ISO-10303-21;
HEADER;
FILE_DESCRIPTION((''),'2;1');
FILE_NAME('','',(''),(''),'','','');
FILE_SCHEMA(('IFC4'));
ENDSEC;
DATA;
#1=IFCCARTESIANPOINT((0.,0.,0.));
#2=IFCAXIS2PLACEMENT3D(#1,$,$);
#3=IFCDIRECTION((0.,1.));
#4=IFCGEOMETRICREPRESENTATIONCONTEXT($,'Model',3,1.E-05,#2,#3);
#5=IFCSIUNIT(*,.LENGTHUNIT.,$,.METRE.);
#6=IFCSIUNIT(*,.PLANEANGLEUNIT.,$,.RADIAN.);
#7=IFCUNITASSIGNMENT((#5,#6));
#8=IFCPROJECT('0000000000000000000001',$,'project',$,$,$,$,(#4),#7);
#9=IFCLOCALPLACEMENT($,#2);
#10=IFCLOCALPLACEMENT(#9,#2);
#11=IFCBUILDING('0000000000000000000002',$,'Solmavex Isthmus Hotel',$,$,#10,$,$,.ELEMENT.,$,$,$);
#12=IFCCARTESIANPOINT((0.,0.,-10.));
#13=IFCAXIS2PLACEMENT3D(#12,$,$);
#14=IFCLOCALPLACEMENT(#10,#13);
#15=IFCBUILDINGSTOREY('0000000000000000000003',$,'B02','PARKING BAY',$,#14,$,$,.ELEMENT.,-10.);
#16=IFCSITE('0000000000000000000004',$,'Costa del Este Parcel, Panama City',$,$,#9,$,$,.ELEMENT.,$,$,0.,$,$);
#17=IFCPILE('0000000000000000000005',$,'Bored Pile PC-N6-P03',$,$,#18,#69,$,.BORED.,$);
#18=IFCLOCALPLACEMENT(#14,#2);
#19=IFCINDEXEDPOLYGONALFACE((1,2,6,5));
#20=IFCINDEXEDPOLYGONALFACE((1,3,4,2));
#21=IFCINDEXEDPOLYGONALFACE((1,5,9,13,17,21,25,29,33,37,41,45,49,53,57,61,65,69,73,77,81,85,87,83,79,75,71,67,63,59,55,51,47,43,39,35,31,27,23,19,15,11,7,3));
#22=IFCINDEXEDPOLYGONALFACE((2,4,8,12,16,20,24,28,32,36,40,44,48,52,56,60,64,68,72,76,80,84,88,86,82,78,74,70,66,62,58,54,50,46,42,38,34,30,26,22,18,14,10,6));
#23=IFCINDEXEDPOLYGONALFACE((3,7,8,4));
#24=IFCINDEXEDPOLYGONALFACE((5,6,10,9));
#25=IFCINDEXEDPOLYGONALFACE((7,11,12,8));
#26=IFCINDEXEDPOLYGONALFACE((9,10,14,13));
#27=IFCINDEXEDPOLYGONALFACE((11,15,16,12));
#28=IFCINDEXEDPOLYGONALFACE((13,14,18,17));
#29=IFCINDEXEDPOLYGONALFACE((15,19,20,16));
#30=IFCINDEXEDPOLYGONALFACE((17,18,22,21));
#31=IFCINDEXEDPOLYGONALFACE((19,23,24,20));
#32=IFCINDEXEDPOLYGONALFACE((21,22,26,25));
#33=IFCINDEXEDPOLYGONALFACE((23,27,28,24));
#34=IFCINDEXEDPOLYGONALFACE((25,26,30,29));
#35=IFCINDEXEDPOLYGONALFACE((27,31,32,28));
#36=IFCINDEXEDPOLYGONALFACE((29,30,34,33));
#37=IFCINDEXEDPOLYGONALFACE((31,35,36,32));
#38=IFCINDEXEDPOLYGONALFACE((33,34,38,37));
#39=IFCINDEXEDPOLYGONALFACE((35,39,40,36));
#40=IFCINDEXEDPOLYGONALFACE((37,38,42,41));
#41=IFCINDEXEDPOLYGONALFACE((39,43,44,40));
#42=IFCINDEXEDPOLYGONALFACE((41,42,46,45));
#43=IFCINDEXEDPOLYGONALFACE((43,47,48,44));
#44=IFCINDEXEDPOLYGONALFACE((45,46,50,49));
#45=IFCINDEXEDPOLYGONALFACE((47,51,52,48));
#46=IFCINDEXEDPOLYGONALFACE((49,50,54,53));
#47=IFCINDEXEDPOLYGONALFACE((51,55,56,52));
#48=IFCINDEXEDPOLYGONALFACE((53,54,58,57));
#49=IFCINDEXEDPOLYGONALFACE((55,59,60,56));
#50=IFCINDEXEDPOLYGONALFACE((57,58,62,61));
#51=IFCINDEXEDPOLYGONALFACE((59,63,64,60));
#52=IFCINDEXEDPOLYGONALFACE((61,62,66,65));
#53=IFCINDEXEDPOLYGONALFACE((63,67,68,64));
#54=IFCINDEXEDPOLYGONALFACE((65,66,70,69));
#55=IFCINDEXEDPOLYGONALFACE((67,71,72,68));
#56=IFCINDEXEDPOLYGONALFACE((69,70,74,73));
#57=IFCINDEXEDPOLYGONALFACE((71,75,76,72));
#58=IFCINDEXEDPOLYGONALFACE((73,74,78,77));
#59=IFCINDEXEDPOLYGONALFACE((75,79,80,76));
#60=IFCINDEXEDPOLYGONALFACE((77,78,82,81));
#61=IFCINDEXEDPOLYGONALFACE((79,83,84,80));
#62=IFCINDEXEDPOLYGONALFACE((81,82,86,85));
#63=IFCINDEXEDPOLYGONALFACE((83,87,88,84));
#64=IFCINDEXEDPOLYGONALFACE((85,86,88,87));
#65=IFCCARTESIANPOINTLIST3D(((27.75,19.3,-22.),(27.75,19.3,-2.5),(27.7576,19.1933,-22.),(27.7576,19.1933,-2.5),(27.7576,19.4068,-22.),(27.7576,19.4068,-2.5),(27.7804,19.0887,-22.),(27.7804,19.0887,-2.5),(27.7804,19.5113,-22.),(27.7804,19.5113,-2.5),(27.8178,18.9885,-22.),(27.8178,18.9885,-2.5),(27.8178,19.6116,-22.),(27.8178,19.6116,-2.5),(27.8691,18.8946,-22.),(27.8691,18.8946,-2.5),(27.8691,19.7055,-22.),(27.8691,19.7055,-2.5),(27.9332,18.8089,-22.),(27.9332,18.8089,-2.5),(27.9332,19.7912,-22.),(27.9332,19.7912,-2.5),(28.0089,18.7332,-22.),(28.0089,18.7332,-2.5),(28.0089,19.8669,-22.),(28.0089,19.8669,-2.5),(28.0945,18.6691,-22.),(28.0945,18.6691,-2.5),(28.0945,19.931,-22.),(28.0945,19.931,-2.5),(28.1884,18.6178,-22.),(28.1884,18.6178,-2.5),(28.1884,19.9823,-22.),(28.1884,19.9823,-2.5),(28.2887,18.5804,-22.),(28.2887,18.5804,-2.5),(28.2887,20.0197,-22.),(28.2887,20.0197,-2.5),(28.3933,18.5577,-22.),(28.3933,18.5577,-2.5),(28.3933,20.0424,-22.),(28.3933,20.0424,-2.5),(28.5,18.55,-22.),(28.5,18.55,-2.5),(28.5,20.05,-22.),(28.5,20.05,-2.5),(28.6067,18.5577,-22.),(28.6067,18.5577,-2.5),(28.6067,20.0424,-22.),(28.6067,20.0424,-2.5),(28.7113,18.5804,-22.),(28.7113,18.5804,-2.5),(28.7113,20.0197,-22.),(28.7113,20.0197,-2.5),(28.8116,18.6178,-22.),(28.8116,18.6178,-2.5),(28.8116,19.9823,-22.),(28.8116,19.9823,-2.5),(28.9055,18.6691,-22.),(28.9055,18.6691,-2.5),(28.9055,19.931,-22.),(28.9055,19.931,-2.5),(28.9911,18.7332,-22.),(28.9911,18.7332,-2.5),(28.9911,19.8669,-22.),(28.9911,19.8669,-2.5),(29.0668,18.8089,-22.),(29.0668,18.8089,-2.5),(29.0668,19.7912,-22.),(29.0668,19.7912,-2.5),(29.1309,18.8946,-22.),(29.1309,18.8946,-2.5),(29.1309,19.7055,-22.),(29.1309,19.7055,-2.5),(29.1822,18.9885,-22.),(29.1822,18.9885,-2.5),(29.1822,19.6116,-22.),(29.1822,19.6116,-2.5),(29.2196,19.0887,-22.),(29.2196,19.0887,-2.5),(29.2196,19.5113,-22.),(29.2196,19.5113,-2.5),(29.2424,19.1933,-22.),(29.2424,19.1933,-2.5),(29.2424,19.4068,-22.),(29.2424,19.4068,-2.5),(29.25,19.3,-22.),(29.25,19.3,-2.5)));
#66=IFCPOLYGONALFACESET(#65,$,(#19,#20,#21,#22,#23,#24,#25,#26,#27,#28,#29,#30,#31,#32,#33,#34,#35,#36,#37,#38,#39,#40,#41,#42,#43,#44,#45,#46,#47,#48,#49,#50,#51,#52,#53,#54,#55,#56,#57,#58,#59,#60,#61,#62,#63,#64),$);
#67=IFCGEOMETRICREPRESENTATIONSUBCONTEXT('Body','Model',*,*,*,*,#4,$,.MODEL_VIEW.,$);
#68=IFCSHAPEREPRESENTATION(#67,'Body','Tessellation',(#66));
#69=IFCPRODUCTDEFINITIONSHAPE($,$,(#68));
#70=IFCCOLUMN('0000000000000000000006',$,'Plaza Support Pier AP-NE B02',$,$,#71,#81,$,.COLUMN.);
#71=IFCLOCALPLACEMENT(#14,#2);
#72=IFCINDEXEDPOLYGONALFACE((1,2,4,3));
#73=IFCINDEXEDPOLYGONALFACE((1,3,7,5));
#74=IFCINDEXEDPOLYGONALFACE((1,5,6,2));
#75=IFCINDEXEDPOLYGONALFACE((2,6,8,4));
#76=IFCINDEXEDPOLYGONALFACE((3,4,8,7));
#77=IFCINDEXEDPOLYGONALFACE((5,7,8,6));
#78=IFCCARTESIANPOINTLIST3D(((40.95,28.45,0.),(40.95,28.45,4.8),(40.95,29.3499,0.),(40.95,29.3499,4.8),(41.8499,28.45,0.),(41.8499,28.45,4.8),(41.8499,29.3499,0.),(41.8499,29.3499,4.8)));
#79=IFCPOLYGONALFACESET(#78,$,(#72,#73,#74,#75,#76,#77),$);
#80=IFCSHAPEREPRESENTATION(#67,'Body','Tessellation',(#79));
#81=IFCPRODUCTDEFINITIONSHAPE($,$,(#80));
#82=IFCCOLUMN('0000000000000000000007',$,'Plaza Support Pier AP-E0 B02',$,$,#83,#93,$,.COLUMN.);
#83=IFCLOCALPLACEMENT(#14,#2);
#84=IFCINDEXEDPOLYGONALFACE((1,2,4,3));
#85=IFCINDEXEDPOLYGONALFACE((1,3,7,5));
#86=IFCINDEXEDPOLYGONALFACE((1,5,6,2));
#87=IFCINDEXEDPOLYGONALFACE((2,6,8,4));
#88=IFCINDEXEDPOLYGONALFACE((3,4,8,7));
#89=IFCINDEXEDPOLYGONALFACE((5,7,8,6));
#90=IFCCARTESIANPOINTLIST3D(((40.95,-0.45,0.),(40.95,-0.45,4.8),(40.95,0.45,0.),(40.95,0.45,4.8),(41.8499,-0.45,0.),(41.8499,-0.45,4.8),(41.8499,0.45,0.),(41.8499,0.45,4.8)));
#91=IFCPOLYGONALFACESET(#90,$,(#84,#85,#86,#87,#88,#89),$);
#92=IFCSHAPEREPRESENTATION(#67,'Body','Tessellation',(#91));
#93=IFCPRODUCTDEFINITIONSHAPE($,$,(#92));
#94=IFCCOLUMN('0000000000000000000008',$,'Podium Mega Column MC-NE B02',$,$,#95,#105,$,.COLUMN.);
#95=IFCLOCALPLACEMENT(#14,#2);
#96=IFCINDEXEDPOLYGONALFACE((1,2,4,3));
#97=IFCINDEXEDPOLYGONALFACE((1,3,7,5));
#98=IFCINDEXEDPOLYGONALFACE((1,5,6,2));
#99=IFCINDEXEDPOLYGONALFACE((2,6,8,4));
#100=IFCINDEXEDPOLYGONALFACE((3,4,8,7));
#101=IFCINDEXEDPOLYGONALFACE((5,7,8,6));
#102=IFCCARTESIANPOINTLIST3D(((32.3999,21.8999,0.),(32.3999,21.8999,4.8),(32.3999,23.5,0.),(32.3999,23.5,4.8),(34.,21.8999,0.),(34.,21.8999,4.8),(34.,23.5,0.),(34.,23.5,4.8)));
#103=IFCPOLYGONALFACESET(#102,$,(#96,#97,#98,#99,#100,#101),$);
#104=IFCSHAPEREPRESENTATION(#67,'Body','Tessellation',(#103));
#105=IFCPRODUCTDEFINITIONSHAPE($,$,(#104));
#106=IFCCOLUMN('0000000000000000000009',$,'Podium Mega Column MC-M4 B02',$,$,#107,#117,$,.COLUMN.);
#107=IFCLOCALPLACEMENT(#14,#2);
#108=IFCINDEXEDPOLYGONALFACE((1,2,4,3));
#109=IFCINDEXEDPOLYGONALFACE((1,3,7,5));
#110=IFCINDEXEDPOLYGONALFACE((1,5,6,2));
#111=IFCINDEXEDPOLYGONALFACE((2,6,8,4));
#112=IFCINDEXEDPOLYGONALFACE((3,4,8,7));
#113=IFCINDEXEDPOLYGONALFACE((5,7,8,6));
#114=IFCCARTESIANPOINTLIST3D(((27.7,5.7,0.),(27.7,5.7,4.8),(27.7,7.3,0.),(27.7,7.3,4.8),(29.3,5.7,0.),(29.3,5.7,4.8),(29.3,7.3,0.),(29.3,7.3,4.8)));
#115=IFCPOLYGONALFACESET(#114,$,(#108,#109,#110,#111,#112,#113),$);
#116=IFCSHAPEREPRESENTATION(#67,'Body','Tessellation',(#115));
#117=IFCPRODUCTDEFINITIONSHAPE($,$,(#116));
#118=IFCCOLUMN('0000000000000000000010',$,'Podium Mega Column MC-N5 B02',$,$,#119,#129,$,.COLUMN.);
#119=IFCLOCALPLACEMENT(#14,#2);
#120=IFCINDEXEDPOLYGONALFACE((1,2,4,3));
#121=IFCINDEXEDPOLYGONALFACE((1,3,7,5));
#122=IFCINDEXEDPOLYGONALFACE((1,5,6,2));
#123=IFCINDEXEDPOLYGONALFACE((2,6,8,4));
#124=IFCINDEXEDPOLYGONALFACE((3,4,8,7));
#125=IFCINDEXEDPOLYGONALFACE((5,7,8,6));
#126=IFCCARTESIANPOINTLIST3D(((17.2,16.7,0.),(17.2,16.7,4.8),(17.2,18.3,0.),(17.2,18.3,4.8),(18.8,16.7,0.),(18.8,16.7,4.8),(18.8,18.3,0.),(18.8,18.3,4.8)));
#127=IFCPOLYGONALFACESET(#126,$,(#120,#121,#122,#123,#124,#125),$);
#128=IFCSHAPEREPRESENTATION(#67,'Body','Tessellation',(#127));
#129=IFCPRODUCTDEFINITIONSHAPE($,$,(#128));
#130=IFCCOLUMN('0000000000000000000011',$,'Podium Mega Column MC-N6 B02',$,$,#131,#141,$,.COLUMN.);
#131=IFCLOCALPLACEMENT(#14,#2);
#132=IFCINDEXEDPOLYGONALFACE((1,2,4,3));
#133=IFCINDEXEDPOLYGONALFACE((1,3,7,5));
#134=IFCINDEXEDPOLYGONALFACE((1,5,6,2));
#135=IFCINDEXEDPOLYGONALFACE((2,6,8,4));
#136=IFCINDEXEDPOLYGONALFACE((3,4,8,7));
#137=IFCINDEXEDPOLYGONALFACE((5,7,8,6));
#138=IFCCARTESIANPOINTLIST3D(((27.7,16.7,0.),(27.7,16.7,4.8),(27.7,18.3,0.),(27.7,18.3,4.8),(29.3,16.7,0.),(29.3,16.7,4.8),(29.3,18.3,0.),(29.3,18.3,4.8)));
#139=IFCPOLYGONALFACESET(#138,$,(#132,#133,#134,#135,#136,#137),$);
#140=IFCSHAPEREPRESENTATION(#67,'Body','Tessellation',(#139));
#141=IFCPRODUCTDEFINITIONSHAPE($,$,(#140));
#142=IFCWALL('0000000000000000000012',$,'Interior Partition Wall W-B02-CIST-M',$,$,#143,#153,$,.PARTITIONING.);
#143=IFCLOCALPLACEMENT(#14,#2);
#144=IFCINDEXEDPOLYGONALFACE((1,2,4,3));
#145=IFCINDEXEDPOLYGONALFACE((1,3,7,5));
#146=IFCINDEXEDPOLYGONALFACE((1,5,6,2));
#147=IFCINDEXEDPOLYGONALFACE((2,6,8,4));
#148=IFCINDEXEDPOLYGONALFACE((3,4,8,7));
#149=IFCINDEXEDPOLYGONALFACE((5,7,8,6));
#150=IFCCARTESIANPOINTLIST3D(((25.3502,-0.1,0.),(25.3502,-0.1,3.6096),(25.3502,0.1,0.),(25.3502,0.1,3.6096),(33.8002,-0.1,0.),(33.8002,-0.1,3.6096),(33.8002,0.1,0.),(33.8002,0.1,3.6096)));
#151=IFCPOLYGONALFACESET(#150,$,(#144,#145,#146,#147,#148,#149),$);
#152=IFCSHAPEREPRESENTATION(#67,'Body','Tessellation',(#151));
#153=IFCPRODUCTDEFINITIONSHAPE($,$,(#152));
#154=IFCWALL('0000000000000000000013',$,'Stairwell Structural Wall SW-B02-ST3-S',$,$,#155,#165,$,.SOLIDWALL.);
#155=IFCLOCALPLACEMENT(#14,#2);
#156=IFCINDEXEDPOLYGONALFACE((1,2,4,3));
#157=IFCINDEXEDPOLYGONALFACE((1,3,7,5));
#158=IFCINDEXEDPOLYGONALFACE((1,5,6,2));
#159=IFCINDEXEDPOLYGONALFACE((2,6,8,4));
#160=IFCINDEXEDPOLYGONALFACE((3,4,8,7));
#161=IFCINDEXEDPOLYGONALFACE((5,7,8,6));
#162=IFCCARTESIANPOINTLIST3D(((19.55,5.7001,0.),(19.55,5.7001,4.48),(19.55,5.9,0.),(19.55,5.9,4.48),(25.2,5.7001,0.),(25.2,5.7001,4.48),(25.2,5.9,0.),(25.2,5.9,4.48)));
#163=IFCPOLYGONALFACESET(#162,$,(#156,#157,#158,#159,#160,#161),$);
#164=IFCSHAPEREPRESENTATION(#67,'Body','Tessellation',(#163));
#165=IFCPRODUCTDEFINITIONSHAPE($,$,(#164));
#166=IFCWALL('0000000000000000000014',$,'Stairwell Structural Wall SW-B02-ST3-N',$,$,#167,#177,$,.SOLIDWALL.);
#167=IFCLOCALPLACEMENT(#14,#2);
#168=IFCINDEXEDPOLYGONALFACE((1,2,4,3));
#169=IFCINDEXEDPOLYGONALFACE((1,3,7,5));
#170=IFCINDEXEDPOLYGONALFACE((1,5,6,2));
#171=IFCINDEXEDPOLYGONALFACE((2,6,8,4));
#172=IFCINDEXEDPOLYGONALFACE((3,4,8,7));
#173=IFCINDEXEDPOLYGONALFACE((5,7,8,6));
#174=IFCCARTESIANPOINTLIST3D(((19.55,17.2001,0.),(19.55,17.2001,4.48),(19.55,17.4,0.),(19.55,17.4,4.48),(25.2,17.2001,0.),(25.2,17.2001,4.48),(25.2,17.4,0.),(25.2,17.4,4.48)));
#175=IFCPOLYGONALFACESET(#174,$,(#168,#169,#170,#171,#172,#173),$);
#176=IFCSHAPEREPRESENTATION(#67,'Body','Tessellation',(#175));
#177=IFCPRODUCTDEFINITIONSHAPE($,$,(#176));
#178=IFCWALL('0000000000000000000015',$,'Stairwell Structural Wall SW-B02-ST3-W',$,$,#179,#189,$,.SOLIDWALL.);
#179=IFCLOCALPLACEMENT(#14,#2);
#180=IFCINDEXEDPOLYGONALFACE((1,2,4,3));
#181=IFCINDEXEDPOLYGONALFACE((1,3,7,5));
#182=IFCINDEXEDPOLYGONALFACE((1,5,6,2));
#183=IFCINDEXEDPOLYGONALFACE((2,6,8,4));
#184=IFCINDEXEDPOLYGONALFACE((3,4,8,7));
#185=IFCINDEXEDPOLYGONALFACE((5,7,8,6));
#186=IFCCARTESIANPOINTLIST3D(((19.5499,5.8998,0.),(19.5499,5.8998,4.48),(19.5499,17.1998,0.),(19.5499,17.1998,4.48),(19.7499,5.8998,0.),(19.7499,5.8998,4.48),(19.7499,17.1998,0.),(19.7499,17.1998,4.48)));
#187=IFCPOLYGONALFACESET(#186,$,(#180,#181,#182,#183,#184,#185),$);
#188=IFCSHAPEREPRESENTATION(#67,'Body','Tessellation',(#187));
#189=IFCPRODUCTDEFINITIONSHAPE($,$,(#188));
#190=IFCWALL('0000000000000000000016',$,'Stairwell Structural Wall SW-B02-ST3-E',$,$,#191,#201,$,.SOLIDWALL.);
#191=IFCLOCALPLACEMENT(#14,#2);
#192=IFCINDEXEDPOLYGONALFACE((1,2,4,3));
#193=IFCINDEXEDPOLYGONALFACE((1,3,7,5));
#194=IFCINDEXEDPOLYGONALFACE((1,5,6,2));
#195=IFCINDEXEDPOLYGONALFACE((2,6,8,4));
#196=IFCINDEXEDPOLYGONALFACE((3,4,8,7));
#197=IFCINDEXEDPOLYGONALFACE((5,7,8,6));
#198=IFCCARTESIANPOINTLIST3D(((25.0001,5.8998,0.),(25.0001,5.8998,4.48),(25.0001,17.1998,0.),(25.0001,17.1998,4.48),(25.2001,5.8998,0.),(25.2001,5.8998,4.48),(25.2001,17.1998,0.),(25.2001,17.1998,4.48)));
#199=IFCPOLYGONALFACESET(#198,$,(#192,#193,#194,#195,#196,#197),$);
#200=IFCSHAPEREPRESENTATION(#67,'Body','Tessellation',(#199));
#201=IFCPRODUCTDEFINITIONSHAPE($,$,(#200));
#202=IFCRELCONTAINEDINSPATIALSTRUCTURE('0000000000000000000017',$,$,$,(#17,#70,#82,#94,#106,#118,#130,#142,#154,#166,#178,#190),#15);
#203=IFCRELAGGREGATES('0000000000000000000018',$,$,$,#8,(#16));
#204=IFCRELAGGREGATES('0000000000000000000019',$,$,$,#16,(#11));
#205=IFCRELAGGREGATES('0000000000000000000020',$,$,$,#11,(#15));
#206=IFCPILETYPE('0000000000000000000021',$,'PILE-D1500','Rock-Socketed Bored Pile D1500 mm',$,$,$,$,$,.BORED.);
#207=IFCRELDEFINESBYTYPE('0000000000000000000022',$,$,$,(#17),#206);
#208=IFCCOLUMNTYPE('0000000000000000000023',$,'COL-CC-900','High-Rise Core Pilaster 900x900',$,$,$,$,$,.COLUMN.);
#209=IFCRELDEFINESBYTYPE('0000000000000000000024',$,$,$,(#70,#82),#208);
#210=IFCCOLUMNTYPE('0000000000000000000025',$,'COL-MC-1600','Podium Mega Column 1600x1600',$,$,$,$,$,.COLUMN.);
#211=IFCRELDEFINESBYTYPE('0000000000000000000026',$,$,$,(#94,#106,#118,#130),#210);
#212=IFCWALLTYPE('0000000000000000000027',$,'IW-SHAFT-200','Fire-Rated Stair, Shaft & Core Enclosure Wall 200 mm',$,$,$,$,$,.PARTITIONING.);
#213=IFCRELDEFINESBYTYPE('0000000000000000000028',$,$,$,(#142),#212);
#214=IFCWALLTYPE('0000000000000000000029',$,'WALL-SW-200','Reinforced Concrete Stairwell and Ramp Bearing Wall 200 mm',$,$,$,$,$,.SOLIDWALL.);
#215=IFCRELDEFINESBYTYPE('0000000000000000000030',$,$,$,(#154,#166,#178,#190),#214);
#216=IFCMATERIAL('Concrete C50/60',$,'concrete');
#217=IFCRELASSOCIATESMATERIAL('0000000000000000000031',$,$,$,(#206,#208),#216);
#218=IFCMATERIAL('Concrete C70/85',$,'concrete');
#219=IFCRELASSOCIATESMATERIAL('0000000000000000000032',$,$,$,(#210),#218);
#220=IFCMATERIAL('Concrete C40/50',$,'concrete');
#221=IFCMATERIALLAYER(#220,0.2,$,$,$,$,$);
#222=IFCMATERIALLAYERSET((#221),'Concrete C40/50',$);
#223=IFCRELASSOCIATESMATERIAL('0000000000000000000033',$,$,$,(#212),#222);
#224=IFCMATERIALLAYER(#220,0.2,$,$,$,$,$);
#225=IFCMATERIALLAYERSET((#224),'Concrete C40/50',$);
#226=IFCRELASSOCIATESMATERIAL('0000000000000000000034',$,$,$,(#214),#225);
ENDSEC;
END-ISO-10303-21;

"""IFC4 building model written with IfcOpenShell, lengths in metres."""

from ifc_helpers import new_model, si_unit, direction, frame, frame_2d, origin, origin_2d, place, context, subcontext, project, spatial, rectangle, circle, extrude, material, layer, layer_set, material_profile, profile_set, type_object, element, save


model = new_model("IFC4")

# Units and contexts
model_context = context("Model", 3, precision=1e-05, world=origin(), true_north=direction((0.0, 1.0)))
body_context = subcontext(model_context, "Body", "Model", "MODEL_VIEW")
ifc_project = project(units=[si_unit("LENGTHUNIT", "METRE"), si_unit("PLANEANGLEUNIT", "RADIAN")], contexts=[model_context])

# Site, building, storey
site_placement = place(None, origin())
site = spatial("IfcSite", under=ifc_project, at=site_placement, Name="Costa del Este Parcel, Panama City", CompositionType="ELEMENT", RefElevation=0.0)
building_placement = place(site_placement, origin())
building = spatial("IfcBuilding", under=site, at=building_placement, Name="Solmavex Isthmus Hotel", CompositionType="ELEMENT")
storey_placement = place(building_placement, frame((0.0, 0.0, -10.0)))
storey = spatial("IfcBuildingStorey", under=building, at=storey_placement, Name="B02", Description="PARKING BAY", CompositionType="ELEMENT", Elevation=-10.0)

# Shared definitions
ifc_material_1 = material(Name="Concrete C50/60", Category="concrete")

# Pile
ifc_material_profile_1 = material_profile(ifc_material_1, circle(Radius=0.75, at=origin_2d()), Name="PILE1500")
ifc_profile_set_1 = profile_set([ifc_material_profile_1], Name="Concrete C50/60")
pile_type = type_object("IfcPileType", Name="PILE-D1500", Description="Rock-Socketed Bored Pile D1500 mm", PredefinedType="BORED", material=ifc_profile_set_1)
for number, where, z_axis, x_axis, name in (
    (1, (28.5, 19.3, -2.5), (0.0, 0.0, -1.0), (1.0, 0.0, 0.0), "Bored Pile PC-N6-P03"),
):
    element("IfcPile", number, at=place(storey_placement, frame(where, z_axis=z_axis, x_axis=x_axis)), inside=storey, type_object=pile_type, Name=name, PredefinedType="BORED", context=body_context, shape_type="SweptSolid", body=[
        extrude(circle(Radius=0.75, at=origin_2d()), origin(), (0.0, 0.0, 1.0), 19.5),
    ])

# Columns
ifc_material_profile_2 = material_profile(ifc_material_1, rectangle(XDim=0.8999, YDim=0.8999, at=origin_2d()), Name="RC900X900")
ifc_profile_set_2 = profile_set([ifc_material_profile_2], Name="Concrete C50/60")
column_type_1 = type_object("IfcColumnType", Name="COL-CC-900", Description="High-Rise Core Pilaster 900x900", PredefinedType="COLUMN", material=ifc_profile_set_2)
for number, where, z_axis, x_axis, name in (
    (2, (41.3999, 28.8999, 0.0), (0.0, 0.0, 1.0), (1.0, 0.0, 0.0), "Plaza Support Pier AP-NE B02"),
    (3, (41.3999, 0.0, 0.0), (0.0, 0.0, 1.0), (1.0, 0.0, 0.0), "Plaza Support Pier AP-E0 B02"),
):
    element("IfcColumn", number, at=place(storey_placement, frame(where, z_axis=z_axis, x_axis=x_axis)), inside=storey, type_object=column_type_1, Name=name, PredefinedType="COLUMN", context=body_context, shape_type="SweptSolid", body=[
        extrude(rectangle(XDim=0.8999, YDim=0.8999, at=origin_2d()), origin(), (0.0, 0.0, 1.0), 4.8),
    ])
ifc_material_2 = material(Name="Concrete C70/85", Category="concrete")
ifc_material_profile_3 = material_profile(ifc_material_2, rectangle(XDim=1.6001, YDim=1.6001, at=origin_2d()), Name="RC1600X1600")
ifc_profile_set_3 = profile_set([ifc_material_profile_3], Name="Concrete C70/85")
column_type_2 = type_object("IfcColumnType", Name="COL-MC-1600", Description="Podium Mega Column 1600x1600", PredefinedType="COLUMN", material=ifc_profile_set_3)
for number, where, z_axis, x_axis, name in (
    (4, (33.2, 22.7, 0.0), (0.0, 0.0, 1.0), (1.0, 0.0, 0.0), "Podium Mega Column MC-NE B02"),
    (5, (28.5, 6.5, 0.0), (0.0, 0.0, 1.0), (1.0, 0.0, 0.0), "Podium Mega Column MC-M4 B02"),
    (6, (18.0, 17.5, 0.0), (0.0, 0.0, 1.0), (1.0, 0.0, 0.0), "Podium Mega Column MC-N5 B02"),
    (7, (28.5, 17.5, 0.0), (0.0, 0.0, 1.0), (1.0, 0.0, 0.0), "Podium Mega Column MC-N6 B02"),
):
    element("IfcColumn", number, at=place(storey_placement, frame(where, z_axis=z_axis, x_axis=x_axis)), inside=storey, type_object=column_type_2, Name=name, PredefinedType="COLUMN", context=body_context, shape_type="SweptSolid", body=[
        extrude(rectangle(XDim=1.6001, YDim=1.6001, at=origin_2d()), origin(), (0.0, 0.0, 1.0), 4.8),
    ])

# Walls
ifc_material_3 = material(Name="Concrete C40/50", Category="concrete")
ifc_layer_1 = layer(ifc_material_3, 0.2)
ifc_layer_set_1 = layer_set([ifc_layer_1], Name="Concrete C40/50")
wall_type_1 = type_object("IfcWallType", Name="IW-SHAFT-200", Description="Fire-Rated Stair, Shaft & Core Enclosure Wall 200 mm", PredefinedType="PARTITIONING", material=ifc_layer_set_1)
wall_placement = place(storey_placement, frame((25.3501, 0.0, 0.0), z_axis=(0.0, 0.0, 1.0), x_axis=(1.0, 0.0, 0.0)))
element("IfcWall", 8, at=wall_placement, inside=storey, type_object=wall_type_1, Name="Interior Partition Wall W-B02-CIST-M", PredefinedType="PARTITIONING", context=body_context, shape_type="SweptSolid", body=[
    extrude(rectangle(XDim=8.45, YDim=0.2, at=frame_2d((4.2251, 0.0))), origin(), (0.0, 0.0, 1.0), 3.6096),
])
ifc_layer_2 = layer(ifc_material_3, 0.2)
ifc_layer_set_2 = layer_set([ifc_layer_2], Name="Concrete C40/50")
wall_type_2 = type_object("IfcWallType", Name="WALL-SW-200", Description="Reinforced Concrete Stairwell and Ramp Bearing Wall 200 mm", PredefinedType="SOLIDWALL", material=ifc_layer_set_2)
for number, where, z_axis, x_axis, name in (
    (9, (19.55, 5.8, 0.0), (0.0, 0.0, 1.0), (1.0, 0.0, 0.0), "Stairwell Structural Wall SW-B02-ST3-S"),
    (10, (19.55, 17.3, 0.0), (0.0, 0.0, 1.0), (1.0, 0.0, 0.0), "Stairwell Structural Wall SW-B02-ST3-N"),
):
    element("IfcWall", number, at=place(storey_placement, frame(where, z_axis=z_axis, x_axis=x_axis)), inside=storey, type_object=wall_type_2, Name=name, PredefinedType="SOLIDWALL", context=body_context, shape_type="SweptSolid", body=[
        extrude(rectangle(XDim=5.6499, YDim=0.2, at=frame_2d((2.825, 0.0))), origin(), (0.0, 0.0, 1.0), 4.48),
    ])
for number, where, z_axis, x_axis, name in (
    (11, (19.6499, 5.8999, 0.0), (0.0, 0.0, 1.0), (0.0, 1.0, 0.0), "Stairwell Structural Wall SW-B02-ST3-W"),
    (12, (25.1001, 5.8999, 0.0), (0.0, 0.0, 1.0), (0.0, 1.0, 0.0), "Stairwell Structural Wall SW-B02-ST3-E"),
):
    element("IfcWall", number, at=place(storey_placement, frame(where, z_axis=z_axis, x_axis=x_axis)), inside=storey, type_object=wall_type_2, Name=name, PredefinedType="SOLIDWALL", context=body_context, shape_type="SweptSolid", body=[
        extrude(rectangle(XDim=11.3, YDim=0.2, at=frame_2d((5.6499, 0.0))), origin(), (0.0, 0.0, 1.0), 4.48),
    ])

save(model, "model.ifc")
